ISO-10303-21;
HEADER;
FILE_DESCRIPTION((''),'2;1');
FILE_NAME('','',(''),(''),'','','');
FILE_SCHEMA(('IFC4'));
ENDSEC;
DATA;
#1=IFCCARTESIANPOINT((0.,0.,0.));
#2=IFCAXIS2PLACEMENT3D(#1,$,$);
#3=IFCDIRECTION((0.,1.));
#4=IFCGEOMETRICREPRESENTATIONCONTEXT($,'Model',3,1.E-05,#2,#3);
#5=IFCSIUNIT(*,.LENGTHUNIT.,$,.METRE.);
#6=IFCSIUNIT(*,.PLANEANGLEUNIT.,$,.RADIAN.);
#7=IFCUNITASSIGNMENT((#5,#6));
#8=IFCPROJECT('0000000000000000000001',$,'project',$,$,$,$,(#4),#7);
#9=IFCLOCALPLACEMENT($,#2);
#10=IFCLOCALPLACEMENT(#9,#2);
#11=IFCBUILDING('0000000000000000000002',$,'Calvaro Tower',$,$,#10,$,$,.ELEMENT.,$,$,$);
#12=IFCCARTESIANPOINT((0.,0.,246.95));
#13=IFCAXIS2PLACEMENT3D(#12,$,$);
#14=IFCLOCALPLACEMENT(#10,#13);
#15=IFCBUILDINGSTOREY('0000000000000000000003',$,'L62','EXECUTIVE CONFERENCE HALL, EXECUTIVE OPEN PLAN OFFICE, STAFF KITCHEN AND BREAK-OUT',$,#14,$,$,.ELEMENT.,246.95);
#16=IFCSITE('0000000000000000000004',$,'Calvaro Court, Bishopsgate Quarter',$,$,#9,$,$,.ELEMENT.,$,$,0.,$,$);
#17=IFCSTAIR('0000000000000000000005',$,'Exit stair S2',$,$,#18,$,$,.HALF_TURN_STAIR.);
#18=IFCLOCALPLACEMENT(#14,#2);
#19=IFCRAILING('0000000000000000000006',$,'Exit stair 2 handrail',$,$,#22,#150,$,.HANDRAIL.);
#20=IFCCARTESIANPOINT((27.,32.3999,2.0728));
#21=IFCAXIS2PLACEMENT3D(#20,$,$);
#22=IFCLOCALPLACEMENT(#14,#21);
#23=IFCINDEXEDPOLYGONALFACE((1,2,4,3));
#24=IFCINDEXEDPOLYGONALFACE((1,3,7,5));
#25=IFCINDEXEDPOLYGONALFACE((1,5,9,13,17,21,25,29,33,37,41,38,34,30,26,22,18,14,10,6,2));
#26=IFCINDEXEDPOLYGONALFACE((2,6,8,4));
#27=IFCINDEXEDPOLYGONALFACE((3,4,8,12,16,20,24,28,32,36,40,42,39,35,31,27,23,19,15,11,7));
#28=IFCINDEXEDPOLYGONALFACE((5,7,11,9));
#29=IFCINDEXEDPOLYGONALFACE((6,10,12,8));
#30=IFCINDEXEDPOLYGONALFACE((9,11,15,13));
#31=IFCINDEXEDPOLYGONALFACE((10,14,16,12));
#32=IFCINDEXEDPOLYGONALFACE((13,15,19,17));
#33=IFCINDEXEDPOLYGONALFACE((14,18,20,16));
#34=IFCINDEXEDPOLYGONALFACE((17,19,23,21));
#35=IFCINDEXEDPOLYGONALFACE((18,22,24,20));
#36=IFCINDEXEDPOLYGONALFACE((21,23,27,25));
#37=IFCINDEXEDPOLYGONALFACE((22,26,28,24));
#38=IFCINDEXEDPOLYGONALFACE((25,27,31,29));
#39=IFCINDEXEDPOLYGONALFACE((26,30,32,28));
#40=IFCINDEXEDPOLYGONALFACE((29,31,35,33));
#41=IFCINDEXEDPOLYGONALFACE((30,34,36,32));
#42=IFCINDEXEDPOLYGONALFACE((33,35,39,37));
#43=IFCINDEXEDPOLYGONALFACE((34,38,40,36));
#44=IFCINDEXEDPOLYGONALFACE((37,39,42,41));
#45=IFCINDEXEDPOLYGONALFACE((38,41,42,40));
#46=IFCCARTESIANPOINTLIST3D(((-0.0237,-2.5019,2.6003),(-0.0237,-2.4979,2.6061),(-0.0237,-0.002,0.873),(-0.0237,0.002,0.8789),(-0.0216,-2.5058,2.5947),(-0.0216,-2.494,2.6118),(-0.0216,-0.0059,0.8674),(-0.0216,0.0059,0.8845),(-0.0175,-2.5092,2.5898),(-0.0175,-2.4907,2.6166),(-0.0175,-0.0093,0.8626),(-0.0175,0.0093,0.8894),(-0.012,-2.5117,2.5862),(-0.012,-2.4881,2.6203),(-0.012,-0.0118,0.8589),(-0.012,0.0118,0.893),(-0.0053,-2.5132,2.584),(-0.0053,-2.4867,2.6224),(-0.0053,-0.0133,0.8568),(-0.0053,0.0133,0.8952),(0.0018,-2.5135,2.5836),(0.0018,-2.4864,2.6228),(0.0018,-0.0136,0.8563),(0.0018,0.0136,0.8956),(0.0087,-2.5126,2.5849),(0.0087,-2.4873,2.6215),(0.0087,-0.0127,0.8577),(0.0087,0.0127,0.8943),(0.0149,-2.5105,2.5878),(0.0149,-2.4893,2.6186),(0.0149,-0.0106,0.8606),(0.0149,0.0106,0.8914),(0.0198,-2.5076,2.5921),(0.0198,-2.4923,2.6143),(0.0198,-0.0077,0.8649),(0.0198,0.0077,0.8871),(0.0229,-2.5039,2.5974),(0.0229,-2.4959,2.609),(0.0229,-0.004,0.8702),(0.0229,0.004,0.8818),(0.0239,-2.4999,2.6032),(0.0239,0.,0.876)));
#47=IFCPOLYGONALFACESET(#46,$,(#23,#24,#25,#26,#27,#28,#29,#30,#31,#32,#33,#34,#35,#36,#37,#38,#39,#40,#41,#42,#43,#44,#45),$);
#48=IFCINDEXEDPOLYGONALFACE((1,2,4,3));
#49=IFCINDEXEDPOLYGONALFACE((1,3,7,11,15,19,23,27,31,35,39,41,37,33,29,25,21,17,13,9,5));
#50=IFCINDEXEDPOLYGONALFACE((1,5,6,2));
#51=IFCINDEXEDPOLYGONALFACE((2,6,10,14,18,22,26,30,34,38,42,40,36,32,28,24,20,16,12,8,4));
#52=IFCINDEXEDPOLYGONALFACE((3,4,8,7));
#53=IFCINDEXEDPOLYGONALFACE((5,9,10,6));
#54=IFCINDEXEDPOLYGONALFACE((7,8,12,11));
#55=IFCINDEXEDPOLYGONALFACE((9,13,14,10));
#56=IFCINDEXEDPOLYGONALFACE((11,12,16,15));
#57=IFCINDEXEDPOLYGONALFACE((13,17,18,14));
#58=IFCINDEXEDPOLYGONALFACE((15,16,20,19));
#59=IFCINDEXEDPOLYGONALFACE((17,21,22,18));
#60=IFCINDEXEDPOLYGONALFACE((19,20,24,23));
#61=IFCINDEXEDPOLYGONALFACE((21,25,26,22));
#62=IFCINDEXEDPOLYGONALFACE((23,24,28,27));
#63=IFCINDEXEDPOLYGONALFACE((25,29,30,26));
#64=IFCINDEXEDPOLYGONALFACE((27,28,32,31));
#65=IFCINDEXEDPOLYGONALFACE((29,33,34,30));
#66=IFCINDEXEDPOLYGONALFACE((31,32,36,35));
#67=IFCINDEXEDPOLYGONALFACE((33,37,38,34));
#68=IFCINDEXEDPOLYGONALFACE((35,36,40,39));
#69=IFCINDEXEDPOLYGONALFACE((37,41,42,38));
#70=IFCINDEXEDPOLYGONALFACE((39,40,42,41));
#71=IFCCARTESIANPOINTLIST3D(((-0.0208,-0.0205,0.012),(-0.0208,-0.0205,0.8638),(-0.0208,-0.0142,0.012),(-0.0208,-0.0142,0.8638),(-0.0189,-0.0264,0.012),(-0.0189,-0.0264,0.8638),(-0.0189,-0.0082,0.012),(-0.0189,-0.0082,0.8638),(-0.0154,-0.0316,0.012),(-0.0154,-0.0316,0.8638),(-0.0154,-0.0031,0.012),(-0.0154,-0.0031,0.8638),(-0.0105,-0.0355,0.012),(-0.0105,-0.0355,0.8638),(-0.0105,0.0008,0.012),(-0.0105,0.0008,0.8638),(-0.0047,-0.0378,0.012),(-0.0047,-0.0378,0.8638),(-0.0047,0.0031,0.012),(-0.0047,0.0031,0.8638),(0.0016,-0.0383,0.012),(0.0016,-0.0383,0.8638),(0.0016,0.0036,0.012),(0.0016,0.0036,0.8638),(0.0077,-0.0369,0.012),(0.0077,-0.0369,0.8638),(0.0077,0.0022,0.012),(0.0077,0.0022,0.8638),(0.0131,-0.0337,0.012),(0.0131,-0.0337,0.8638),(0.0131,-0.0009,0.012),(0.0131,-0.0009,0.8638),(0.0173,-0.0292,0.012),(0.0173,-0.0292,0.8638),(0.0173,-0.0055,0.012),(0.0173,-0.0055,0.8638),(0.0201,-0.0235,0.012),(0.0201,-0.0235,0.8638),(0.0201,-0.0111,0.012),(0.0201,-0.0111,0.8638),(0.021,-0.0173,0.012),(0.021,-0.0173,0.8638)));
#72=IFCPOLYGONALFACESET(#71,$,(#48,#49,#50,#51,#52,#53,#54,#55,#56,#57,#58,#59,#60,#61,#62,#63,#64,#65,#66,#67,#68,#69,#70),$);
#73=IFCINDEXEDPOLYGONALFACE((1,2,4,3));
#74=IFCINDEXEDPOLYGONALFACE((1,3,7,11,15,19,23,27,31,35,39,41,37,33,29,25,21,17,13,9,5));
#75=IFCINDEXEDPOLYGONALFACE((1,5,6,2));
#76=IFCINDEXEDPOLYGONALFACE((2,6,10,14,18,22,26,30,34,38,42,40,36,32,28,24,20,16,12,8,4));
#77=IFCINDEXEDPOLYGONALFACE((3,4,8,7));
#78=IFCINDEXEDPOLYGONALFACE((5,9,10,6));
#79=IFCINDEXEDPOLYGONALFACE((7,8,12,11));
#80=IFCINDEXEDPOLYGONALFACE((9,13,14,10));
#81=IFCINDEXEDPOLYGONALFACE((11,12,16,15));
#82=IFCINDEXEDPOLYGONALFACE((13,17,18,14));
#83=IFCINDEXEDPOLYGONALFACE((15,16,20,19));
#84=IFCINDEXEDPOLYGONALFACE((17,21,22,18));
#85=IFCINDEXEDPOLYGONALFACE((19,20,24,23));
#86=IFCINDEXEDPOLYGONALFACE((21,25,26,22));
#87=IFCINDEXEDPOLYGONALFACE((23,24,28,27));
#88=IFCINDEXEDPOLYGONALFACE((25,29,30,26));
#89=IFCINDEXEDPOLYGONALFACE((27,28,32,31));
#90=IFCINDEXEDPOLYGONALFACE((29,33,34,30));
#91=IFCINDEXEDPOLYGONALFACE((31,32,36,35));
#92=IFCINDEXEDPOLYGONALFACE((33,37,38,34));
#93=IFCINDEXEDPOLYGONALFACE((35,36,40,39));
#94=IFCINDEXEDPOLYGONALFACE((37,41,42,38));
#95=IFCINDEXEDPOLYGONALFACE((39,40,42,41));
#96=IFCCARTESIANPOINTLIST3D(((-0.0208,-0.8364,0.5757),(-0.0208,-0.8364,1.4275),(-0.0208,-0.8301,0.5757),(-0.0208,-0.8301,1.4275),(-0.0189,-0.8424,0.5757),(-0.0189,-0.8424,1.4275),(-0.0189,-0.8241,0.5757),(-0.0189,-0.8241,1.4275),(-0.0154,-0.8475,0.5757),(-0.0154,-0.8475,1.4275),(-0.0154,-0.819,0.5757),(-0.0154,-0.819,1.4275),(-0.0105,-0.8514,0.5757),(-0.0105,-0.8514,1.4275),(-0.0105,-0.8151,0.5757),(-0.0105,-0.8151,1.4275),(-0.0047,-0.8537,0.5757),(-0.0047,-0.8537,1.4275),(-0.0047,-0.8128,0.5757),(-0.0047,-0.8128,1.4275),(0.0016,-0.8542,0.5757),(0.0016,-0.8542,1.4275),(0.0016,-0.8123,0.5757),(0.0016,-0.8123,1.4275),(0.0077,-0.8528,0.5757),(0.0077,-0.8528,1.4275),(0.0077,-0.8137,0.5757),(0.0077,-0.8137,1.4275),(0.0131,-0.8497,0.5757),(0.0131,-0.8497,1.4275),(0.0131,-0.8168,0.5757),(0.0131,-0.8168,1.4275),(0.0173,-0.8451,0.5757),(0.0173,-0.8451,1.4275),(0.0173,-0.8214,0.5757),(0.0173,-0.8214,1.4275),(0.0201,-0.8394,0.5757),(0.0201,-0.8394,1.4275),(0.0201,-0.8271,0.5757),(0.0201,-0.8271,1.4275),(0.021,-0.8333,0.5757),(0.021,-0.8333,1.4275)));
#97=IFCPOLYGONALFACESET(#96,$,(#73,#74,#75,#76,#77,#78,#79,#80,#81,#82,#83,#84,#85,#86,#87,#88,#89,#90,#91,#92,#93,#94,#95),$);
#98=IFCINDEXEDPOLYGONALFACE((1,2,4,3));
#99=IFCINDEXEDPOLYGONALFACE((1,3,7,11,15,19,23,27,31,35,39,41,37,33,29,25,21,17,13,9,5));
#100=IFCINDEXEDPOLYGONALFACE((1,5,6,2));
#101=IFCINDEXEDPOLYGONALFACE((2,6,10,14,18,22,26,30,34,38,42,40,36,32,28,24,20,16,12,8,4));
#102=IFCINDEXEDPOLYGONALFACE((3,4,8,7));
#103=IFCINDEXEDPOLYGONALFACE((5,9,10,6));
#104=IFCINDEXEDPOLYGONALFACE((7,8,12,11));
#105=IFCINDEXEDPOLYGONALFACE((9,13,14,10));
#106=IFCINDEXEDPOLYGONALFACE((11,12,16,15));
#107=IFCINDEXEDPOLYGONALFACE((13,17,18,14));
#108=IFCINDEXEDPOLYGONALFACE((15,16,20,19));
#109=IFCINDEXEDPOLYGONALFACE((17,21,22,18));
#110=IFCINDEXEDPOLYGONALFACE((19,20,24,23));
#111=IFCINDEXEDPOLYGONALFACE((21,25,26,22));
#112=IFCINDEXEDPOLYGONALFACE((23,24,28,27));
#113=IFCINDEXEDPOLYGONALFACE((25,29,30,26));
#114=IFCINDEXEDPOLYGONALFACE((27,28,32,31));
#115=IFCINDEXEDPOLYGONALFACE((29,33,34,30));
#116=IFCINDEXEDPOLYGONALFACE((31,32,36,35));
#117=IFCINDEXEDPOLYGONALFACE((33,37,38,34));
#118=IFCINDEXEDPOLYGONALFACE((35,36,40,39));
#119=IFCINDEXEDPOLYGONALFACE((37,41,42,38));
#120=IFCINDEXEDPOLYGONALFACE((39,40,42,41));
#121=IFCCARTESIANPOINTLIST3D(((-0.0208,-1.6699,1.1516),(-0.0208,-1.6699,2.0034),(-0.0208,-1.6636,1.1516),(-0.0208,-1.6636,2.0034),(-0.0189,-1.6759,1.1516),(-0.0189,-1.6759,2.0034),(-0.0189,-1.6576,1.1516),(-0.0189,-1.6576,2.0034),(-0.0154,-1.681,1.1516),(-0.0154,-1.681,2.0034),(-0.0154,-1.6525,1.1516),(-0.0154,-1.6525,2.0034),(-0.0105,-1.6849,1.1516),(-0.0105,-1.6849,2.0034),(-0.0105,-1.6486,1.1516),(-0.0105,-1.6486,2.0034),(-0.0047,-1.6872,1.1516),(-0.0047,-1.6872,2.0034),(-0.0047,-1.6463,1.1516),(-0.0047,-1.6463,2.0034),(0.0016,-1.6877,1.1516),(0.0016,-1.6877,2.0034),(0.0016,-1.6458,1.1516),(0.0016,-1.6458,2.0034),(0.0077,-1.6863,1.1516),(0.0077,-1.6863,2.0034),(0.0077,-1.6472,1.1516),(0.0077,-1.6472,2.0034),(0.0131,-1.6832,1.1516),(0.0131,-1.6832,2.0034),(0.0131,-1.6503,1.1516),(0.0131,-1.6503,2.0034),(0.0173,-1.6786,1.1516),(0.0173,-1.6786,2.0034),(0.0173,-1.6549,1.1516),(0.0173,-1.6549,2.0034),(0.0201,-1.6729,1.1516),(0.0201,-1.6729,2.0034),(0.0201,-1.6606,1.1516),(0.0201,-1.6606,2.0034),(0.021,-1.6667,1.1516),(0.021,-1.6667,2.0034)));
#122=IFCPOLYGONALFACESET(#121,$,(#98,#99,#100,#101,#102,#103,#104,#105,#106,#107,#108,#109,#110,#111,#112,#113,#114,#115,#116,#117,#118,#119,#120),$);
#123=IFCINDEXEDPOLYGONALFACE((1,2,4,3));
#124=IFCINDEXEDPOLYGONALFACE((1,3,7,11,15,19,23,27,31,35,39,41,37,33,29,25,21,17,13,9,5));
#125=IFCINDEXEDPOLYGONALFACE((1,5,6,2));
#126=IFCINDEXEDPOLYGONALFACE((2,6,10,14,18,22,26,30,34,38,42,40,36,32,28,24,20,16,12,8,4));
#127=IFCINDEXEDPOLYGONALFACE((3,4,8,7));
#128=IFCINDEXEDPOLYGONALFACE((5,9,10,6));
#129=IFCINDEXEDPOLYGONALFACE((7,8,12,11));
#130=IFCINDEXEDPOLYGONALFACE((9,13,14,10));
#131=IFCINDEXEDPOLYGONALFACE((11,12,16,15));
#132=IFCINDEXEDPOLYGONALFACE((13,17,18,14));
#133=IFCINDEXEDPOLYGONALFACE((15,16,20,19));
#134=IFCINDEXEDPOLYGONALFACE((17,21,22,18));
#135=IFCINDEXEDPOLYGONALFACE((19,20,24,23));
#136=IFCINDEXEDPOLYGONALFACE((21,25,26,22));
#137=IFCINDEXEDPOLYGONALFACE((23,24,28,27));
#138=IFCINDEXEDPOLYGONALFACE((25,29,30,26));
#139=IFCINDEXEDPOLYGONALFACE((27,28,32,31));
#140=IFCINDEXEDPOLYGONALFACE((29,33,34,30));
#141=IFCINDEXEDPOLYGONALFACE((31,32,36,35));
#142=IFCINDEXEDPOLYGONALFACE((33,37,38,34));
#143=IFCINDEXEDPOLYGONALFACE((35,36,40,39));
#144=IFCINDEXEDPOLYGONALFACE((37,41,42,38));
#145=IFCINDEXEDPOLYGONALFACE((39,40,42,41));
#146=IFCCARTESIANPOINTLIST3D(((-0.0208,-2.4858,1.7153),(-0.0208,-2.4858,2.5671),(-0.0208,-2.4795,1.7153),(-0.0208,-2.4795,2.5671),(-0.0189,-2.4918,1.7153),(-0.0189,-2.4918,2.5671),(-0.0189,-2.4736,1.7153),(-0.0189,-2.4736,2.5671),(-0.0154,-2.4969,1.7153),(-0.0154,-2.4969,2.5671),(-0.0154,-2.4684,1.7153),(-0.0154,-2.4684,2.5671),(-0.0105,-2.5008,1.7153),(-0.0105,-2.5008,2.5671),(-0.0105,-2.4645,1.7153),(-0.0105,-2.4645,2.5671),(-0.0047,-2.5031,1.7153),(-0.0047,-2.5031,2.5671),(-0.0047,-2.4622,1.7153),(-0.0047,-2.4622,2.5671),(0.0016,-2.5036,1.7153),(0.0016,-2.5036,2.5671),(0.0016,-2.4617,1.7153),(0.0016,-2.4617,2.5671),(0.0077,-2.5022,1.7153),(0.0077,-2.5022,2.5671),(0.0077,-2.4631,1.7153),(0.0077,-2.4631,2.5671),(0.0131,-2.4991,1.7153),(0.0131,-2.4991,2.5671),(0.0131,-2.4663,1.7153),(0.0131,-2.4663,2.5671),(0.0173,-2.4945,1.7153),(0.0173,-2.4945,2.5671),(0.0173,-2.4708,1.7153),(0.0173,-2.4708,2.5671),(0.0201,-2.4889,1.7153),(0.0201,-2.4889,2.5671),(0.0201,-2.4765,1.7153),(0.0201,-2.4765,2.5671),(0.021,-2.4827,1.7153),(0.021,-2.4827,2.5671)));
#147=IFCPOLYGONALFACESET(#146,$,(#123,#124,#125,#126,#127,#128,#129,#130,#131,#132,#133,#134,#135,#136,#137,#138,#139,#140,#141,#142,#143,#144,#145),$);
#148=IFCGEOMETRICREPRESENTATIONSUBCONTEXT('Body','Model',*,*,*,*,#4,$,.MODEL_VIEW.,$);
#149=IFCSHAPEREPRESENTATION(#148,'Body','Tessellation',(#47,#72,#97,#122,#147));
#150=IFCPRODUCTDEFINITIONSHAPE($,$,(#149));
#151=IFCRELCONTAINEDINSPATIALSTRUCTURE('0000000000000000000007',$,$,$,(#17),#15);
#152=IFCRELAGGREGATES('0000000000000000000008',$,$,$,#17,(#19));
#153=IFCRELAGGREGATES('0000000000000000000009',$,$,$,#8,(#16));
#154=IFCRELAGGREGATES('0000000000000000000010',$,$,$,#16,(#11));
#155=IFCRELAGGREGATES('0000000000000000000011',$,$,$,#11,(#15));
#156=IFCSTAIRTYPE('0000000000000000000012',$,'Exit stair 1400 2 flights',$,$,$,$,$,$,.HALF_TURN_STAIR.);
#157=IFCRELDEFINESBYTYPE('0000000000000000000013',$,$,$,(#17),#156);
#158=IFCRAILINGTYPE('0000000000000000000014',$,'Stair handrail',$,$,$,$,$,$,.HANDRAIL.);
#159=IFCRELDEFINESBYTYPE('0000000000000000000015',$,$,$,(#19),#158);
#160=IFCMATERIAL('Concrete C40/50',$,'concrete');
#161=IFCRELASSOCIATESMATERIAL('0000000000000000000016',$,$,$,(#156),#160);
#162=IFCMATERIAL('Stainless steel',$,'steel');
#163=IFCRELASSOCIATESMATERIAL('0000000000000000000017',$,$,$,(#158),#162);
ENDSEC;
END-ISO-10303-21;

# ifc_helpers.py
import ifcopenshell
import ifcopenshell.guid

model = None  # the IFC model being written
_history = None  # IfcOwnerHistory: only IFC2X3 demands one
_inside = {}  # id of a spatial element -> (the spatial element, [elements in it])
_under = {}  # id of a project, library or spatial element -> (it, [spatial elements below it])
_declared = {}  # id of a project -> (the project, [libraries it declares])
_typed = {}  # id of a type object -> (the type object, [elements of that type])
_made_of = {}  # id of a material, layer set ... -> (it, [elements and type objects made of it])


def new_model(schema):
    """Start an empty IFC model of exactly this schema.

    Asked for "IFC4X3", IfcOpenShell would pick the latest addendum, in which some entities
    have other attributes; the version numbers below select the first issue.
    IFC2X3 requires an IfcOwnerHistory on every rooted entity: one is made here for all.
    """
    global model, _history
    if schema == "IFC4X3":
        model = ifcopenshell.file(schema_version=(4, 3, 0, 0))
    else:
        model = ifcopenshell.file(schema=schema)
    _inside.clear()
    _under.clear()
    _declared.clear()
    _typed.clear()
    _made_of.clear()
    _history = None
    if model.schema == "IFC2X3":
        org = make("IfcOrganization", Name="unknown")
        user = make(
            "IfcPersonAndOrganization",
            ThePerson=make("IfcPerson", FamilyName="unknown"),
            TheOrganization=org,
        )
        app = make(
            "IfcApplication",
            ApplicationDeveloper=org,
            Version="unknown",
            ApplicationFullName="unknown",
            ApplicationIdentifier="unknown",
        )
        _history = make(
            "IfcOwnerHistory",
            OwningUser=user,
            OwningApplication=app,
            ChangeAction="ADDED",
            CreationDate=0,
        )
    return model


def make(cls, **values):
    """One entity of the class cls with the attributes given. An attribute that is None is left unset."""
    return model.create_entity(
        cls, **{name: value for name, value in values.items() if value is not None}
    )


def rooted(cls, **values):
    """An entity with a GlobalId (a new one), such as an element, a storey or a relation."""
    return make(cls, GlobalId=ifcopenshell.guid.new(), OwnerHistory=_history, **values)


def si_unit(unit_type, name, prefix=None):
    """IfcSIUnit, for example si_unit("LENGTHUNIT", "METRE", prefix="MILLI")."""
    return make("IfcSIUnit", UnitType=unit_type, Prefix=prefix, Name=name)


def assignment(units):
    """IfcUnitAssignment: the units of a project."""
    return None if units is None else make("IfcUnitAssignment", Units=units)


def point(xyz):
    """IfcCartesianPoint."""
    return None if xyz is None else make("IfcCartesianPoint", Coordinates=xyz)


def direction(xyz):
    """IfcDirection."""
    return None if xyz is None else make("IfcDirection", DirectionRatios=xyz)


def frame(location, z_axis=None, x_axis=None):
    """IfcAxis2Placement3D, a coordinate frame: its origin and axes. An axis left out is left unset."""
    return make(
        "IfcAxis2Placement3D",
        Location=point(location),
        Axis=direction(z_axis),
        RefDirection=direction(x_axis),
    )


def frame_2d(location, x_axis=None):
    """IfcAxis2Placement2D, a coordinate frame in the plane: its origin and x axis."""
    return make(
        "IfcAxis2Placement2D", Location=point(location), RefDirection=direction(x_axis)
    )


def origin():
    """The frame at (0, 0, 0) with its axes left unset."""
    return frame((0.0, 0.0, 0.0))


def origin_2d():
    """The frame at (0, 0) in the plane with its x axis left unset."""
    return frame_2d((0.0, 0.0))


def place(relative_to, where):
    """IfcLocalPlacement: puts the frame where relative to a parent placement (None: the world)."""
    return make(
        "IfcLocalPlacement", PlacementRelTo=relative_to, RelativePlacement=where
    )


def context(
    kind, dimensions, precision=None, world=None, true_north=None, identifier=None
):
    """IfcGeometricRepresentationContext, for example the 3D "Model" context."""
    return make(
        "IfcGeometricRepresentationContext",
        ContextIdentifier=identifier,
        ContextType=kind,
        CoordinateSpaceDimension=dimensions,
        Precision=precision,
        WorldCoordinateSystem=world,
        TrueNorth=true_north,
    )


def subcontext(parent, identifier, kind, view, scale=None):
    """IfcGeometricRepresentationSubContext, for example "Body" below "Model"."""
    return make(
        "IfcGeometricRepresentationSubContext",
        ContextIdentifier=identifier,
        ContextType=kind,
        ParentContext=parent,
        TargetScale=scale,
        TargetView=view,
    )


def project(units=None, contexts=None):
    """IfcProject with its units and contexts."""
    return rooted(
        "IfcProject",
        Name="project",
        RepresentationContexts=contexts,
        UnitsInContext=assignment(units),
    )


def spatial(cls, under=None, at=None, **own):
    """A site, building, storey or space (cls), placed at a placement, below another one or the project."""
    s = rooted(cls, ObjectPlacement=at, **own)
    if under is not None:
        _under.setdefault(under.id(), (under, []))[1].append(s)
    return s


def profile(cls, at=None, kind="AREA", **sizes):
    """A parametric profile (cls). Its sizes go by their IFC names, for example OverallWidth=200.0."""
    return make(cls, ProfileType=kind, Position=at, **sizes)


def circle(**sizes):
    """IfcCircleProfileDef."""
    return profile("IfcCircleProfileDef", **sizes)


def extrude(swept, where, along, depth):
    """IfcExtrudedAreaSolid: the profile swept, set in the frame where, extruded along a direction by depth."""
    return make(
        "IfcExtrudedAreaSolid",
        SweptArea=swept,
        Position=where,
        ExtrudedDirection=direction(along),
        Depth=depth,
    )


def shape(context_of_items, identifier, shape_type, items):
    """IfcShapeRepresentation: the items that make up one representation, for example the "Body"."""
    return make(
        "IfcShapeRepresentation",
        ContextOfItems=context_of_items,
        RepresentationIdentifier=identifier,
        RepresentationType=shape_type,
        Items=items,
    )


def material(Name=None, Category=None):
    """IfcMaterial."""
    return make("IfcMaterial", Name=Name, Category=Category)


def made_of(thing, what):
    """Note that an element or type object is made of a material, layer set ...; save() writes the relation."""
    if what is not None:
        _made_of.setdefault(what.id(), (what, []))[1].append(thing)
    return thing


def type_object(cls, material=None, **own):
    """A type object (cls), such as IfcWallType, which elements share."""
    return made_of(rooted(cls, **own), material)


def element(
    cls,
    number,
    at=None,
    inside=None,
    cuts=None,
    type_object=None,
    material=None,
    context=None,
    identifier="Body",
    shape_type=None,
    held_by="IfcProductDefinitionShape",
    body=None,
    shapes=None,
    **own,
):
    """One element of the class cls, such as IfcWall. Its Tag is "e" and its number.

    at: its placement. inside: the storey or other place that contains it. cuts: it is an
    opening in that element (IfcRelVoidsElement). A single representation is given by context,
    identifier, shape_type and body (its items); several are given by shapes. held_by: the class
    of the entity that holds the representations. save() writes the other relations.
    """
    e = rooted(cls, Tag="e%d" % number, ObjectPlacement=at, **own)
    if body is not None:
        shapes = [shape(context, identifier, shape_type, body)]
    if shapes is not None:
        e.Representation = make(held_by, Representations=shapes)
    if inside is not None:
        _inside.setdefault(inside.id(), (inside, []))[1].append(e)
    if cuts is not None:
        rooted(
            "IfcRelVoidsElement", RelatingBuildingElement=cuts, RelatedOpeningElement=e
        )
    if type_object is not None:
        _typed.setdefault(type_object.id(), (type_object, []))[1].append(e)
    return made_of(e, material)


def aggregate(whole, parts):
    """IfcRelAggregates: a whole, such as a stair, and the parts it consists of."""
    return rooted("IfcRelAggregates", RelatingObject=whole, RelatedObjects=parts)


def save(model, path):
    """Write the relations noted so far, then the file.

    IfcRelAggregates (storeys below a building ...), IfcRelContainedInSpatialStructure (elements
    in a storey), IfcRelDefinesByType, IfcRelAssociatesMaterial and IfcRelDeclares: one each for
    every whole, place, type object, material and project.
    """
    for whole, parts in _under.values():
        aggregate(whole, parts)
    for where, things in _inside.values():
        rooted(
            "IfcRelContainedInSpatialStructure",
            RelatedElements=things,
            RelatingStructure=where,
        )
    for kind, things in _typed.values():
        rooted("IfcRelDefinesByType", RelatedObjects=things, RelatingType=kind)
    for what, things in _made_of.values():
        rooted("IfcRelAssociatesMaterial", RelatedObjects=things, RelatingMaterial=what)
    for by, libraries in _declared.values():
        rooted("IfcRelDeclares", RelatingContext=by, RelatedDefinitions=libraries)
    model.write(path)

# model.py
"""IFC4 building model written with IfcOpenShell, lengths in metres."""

from ifc_helpers import new_model, si_unit, direction, frame, origin, origin_2d, place, context, subcontext, project, spatial, circle, extrude, material, type_object, element, aggregate, save


model = new_model("IFC4")

# Units and contexts
model_context = context("Model", 3, precision=1e-05, world=origin(), true_north=direction((0.0, 1.0)))
body_context = subcontext(model_context, "Body", "Model", "MODEL_VIEW")
ifc_project = project(units=[si_unit("LENGTHUNIT", "METRE"), si_unit("PLANEANGLEUNIT", "RADIAN")], contexts=[model_context])

# Site, building, storey
site_placement = place(None, origin())
site = spatial("IfcSite", under=ifc_project, at=site_placement, Name="Calvaro Court, Bishopsgate Quarter", CompositionType="ELEMENT", RefElevation=0.0)
building_placement = place(site_placement, origin())
building = spatial("IfcBuilding", under=site, at=building_placement, Name="Calvaro Tower", CompositionType="ELEMENT")
storey_placement = place(building_placement, frame((0.0, 0.0, 246.95)))
storey = spatial("IfcBuildingStorey", under=building, at=storey_placement, Name="L62", Description="EXECUTIVE CONFERENCE HALL, EXECUTIVE OPEN PLAN OFFICE, STAFF KITCHEN AND BREAK-OUT", CompositionType="ELEMENT", Elevation=246.95)

# Stair, railing
ifc_material_1 = material(Name="Concrete C40/50", Category="concrete")
stair_type = type_object("IfcStairType", Name="Exit stair 1400 2 flights", PredefinedType="HALF_TURN_STAIR", material=ifc_material_1)
stair_placement = place(storey_placement, origin())
stair = element("IfcStair", 1, at=stair_placement, inside=storey, type_object=stair_type, Name="Exit stair S2", PredefinedType="HALF_TURN_STAIR")
ifc_material_2 = material(Name="Stainless steel", Category="steel")
railing_type = type_object("IfcRailingType", Name="Stair handrail", PredefinedType="HANDRAIL", material=ifc_material_2)
railing_1_placement = place(storey_placement, frame((27.0, 32.3999, 2.0728)))
railing_1 = element("IfcRailing", 2, at=railing_1_placement, type_object=railing_type, Name="Exit stair 2 handrail", PredefinedType="HANDRAIL", context=body_context, shape_type="SweptSolid", body=[
    extrude(circle(Radius=0.0239, at=origin_2d()), frame((0.0, 0.0, 0.876), z_axis=(0.0, -0.822727, 0.568437), x_axis=(1.0, 0.0, 0.0)), (0.0, 0.0, 1.0), 3.0386),
    extrude(circle(Radius=0.021, at=origin_2d()), frame((0.0, -0.0173, 0.012)), (0.0, 0.0, 1.0), 0.8518),
    extrude(circle(Radius=0.021, at=origin_2d()), frame((0.0, -0.8333, 0.5757)), (0.0, 0.0, 1.0), 0.8518),
    extrude(circle(Radius=0.021, at=origin_2d()), frame((0.0, -1.6667, 1.1516)), (0.0, 0.0, 1.0), 0.8518),
    extrude(circle(Radius=0.021, at=origin_2d()), frame((0.0, -2.4827, 1.7153)), (0.0, 0.0, 1.0), 0.8518),
])
aggregate(stair, [railing_1])

save(model, "model.ifc")
